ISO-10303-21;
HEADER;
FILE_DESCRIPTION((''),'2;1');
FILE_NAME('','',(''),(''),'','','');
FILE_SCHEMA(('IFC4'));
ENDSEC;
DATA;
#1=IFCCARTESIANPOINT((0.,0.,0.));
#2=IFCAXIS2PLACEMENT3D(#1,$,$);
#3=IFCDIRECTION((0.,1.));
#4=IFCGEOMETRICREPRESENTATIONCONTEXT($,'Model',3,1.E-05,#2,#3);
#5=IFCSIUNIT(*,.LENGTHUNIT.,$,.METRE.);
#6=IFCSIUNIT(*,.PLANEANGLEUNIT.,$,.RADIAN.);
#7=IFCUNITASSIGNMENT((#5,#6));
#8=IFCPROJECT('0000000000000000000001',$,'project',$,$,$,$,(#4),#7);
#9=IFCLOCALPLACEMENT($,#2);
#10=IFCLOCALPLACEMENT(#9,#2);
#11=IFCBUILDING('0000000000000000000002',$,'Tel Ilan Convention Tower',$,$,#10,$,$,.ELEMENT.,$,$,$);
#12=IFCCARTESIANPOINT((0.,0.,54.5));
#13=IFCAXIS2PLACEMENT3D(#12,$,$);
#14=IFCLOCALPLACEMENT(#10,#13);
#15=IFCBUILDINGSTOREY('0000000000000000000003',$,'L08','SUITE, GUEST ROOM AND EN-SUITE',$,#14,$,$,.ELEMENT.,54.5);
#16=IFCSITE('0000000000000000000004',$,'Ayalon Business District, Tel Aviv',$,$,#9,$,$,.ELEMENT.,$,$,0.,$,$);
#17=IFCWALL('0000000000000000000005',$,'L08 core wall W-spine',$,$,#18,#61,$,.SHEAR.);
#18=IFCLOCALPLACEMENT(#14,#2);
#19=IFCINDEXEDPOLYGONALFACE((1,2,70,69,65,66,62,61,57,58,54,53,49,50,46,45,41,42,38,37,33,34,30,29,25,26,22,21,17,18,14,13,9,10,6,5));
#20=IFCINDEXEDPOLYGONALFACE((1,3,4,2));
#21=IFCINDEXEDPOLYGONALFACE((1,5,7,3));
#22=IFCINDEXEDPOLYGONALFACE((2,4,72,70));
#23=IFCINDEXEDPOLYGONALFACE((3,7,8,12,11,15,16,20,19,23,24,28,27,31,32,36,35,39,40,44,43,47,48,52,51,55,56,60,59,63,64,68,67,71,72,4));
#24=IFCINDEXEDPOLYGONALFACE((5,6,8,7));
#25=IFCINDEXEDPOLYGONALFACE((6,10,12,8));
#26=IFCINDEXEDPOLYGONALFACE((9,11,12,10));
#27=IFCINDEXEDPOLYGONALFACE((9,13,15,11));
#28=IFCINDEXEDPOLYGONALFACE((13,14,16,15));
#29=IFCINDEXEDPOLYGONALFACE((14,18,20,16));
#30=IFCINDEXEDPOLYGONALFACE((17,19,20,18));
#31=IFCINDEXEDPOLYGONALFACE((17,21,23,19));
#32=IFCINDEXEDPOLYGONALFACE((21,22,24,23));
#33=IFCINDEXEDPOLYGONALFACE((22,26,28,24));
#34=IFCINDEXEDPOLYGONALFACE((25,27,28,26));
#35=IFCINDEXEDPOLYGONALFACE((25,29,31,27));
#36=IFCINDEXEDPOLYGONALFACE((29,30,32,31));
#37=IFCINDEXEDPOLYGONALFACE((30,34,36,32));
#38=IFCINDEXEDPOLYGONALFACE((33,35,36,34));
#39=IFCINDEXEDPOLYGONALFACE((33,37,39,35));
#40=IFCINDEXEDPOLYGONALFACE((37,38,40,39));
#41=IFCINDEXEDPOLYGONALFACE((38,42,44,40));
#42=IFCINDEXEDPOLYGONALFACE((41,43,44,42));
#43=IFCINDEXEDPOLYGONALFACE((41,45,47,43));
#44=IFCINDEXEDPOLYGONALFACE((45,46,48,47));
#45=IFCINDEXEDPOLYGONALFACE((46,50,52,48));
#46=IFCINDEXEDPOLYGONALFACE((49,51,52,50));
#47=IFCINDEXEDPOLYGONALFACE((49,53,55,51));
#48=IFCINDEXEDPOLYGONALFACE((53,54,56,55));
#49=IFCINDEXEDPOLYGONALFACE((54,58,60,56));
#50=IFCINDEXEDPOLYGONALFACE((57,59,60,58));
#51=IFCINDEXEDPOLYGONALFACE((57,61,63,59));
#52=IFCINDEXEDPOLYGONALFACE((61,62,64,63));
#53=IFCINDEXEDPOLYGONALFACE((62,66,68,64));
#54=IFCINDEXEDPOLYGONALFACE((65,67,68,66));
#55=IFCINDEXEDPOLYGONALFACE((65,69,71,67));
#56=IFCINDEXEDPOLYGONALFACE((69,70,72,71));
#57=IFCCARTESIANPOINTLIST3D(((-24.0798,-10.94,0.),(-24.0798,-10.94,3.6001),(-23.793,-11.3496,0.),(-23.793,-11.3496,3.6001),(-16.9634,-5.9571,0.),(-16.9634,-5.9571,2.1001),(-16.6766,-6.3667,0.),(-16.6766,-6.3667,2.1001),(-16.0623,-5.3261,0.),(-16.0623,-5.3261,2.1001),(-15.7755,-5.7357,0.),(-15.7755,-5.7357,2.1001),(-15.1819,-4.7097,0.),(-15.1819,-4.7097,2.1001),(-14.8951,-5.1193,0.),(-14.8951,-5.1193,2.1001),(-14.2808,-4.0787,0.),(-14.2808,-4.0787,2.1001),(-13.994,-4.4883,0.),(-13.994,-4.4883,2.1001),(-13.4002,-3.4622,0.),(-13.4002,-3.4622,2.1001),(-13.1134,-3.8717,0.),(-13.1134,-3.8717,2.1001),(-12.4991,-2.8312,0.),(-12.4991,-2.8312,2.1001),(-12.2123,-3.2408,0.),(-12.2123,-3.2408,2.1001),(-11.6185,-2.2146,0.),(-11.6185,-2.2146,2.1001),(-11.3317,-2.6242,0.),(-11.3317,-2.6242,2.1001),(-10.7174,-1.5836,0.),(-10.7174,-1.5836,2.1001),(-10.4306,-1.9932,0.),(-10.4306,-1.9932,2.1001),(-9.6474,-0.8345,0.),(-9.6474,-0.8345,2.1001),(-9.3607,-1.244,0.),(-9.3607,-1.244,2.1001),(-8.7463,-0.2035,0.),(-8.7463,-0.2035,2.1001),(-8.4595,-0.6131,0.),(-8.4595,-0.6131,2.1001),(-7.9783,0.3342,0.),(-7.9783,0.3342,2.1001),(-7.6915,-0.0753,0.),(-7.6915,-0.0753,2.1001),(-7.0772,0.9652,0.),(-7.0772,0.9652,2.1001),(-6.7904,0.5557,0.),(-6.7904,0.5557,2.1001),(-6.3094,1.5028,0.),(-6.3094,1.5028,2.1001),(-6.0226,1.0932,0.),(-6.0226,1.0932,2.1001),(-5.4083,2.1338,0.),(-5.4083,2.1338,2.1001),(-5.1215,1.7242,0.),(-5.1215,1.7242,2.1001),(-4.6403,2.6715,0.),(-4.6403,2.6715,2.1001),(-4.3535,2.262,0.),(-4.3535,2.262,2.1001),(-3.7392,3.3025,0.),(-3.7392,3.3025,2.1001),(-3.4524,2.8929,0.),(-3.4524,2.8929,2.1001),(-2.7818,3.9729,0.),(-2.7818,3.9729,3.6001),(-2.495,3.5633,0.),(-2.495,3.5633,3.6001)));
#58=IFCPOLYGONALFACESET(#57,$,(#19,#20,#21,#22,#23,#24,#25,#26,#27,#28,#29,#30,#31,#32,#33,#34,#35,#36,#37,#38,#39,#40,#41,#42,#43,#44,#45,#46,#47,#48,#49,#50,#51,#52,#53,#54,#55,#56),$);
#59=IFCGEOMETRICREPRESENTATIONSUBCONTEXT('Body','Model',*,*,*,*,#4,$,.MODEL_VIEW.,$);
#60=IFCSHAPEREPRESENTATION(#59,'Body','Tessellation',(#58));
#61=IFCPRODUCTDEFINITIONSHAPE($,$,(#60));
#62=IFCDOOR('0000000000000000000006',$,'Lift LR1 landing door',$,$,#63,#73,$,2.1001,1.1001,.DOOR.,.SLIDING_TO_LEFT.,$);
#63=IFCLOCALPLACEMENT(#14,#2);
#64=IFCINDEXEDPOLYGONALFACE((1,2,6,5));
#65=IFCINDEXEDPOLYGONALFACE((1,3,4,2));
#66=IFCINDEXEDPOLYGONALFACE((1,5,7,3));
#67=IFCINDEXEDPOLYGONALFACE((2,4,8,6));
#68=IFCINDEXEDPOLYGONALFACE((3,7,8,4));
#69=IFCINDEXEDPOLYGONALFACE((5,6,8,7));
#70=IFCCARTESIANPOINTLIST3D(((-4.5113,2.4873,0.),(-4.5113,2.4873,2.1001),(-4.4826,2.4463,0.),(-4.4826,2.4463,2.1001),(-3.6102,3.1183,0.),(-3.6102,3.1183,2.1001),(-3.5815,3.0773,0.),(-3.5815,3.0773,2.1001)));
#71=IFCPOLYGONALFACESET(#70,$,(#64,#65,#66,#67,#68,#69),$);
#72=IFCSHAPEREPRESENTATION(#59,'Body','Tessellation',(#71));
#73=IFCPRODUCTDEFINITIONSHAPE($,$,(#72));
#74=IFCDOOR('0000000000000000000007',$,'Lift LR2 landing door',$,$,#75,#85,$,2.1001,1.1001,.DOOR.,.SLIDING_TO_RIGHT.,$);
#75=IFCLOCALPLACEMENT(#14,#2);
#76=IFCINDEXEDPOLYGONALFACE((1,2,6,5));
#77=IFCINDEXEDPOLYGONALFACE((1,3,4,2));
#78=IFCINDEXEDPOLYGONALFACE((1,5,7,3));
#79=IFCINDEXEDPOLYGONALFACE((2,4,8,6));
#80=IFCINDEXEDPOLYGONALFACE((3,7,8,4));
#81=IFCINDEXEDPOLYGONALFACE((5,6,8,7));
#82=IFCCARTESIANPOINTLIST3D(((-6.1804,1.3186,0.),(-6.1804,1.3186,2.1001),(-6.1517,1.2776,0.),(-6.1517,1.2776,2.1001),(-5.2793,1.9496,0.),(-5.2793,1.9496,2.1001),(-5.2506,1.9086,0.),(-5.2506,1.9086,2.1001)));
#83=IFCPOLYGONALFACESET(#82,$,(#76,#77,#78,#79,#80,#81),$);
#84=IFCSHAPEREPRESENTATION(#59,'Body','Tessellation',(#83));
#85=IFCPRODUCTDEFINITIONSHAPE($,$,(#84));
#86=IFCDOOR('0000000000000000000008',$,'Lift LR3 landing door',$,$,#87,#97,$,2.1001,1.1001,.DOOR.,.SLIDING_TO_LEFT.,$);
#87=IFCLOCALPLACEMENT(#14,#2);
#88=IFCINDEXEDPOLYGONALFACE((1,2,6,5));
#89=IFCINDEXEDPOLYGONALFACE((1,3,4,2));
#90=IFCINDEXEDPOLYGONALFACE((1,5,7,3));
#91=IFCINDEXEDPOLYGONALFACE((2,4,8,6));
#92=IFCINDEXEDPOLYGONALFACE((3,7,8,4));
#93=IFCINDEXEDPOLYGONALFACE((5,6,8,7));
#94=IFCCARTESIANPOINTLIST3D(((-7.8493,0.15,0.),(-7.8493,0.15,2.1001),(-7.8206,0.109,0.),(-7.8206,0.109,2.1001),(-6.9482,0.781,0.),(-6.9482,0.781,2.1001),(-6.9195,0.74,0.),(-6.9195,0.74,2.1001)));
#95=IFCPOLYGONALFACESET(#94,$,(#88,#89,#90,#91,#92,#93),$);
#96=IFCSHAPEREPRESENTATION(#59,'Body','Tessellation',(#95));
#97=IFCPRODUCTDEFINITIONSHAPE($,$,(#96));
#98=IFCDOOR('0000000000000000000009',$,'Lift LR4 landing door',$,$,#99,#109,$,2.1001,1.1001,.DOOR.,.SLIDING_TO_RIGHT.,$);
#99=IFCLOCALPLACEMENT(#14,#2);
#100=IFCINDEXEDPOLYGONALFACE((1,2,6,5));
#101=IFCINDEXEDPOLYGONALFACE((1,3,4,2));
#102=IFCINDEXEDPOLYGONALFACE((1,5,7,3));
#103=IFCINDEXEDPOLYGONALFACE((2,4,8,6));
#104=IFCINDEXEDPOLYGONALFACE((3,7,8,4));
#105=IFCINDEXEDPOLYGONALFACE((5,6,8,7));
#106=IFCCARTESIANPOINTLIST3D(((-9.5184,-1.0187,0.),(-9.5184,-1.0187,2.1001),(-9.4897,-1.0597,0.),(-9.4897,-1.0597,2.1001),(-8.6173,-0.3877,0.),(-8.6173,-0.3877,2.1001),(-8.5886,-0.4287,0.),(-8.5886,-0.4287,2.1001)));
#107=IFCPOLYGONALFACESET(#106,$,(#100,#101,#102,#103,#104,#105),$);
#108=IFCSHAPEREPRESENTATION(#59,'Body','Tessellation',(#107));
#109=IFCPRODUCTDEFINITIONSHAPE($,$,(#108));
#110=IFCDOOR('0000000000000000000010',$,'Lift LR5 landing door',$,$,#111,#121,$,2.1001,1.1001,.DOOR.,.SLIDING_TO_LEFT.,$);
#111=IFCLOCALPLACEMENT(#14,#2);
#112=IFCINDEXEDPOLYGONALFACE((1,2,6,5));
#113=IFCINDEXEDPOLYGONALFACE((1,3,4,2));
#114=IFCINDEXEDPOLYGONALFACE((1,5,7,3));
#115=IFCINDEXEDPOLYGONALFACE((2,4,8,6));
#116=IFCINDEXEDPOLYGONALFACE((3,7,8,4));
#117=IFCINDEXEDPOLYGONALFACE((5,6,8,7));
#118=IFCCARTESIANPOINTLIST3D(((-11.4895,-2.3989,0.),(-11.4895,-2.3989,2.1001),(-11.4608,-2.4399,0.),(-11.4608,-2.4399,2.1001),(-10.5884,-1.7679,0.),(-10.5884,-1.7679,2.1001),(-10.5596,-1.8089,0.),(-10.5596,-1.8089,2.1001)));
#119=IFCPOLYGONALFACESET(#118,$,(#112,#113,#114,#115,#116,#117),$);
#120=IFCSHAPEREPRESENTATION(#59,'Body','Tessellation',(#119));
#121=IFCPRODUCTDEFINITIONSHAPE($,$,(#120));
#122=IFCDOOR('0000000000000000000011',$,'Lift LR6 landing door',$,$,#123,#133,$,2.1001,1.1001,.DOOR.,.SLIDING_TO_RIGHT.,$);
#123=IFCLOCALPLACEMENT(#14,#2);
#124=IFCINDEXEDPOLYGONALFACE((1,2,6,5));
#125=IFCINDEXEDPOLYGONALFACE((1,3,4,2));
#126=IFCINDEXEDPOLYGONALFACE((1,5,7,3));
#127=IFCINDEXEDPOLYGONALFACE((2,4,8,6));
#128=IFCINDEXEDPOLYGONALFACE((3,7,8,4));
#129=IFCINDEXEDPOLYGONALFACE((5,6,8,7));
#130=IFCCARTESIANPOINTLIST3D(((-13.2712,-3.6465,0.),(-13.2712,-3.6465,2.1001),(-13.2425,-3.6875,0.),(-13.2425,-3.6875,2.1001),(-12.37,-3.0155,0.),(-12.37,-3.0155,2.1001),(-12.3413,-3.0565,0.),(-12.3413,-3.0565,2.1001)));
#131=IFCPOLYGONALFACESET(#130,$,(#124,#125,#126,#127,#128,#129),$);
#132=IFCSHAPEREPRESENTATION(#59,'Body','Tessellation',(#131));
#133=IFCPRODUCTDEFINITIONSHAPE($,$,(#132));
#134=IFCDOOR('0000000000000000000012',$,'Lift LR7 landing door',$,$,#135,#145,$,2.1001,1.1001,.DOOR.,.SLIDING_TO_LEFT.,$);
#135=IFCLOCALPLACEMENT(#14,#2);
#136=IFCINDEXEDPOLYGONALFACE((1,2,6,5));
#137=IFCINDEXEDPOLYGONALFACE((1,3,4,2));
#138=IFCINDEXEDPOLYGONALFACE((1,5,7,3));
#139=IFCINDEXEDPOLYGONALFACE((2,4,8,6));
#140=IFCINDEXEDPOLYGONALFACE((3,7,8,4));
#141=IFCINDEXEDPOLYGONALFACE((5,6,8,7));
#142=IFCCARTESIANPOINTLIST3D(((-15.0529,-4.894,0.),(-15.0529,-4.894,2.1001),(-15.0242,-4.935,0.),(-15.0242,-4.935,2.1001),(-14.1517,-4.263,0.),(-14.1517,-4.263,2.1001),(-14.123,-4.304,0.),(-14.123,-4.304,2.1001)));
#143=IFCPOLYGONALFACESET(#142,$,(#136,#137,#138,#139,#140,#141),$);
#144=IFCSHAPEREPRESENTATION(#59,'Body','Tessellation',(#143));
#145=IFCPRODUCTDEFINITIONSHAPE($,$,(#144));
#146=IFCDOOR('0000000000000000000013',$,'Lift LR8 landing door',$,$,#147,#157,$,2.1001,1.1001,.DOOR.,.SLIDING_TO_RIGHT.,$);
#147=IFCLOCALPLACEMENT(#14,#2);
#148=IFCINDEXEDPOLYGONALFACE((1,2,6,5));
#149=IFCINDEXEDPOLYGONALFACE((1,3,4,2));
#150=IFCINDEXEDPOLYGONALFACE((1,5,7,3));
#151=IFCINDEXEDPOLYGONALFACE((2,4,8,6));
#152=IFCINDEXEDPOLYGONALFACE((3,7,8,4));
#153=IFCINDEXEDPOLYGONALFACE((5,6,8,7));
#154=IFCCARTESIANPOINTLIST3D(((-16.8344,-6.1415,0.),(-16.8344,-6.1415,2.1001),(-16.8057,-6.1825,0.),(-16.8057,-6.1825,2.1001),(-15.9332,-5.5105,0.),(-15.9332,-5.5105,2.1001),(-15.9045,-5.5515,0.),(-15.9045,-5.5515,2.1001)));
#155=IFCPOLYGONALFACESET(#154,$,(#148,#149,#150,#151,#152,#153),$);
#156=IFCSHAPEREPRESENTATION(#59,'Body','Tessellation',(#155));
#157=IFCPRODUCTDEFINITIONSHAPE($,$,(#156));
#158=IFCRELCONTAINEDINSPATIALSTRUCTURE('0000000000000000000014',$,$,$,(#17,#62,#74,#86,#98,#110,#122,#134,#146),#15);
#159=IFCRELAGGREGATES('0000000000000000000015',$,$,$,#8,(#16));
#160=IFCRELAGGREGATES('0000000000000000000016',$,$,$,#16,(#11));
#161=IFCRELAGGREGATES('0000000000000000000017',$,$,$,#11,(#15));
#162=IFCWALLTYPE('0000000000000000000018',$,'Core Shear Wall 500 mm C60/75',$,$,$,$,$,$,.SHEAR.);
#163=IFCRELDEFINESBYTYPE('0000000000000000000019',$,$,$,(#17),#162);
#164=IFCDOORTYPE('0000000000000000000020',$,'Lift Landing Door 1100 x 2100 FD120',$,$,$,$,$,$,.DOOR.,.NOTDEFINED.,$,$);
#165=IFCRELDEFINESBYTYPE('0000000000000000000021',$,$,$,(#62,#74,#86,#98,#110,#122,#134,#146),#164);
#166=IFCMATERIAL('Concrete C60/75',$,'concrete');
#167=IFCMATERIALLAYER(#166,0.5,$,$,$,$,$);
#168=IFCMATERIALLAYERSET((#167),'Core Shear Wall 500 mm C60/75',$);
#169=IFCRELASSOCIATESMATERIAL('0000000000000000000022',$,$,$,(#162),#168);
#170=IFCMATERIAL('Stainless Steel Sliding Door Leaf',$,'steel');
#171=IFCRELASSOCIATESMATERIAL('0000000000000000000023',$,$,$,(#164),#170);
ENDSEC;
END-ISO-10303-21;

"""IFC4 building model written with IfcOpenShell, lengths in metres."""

from ifc_helpers import new_model, si_unit, direction, frame, frame_2d, origin, place, context, subcontext, project, spatial, polyline, rectangle, outline, extrude, material, layer, layer_set, type_object, element, fill, save


model = new_model("IFC4")

# Units and contexts
model_context = context("Model", 3, precision=1e-05, world=origin(), true_north=direction((0.0, 1.0)))
body_context = subcontext(model_context, "Body", "Model", "MODEL_VIEW")
ifc_project = project(units=[si_unit("LENGTHUNIT", "METRE"), si_unit("PLANEANGLEUNIT", "RADIAN")], contexts=[model_context])

# Site, building, storey
site_placement = place(None, origin())
site = spatial("IfcSite", under=ifc_project, at=site_placement, Name="Ayalon Business District, Tel Aviv", CompositionType="ELEMENT", RefElevation=0.0)
building_placement = place(site_placement, origin())
building = spatial("IfcBuilding", under=site, at=building_placement, Name="Tel Ilan Convention Tower", CompositionType="ELEMENT")
storey_placement = place(building_placement, frame((0.0, 0.0, 54.5)))
storey = spatial("IfcBuildingStorey", under=building, at=storey_placement, Name="L08", Description="SUITE, GUEST ROOM AND EN-SUITE", CompositionType="ELEMENT", Elevation=54.5)

# Wall, openings, doors
ifc_material_1 = material(Name="Concrete C60/75", Category="concrete")
ifc_layer_1 = layer(ifc_material_1, 0.5)
ifc_layer_set_1 = layer_set([ifc_layer_1], Name="Core Shear Wall 500 mm C60/75")
wall_type_1 = type_object("IfcWallType", Name="Core Shear Wall 500 mm C60/75", PredefinedType="SHEAR", material=ifc_layer_set_1)
wall_1_placement = place(storey_placement, frame((-2.6384, 3.7681, 0.0), z_axis=(0.0, 0.0, 1.0), x_axis=(-0.819149, -0.573581, 0.0)))
wall_1 = element("IfcWall", 1, at=wall_1_placement, inside=storey, type_object=wall_type_1, Name="L08 core wall W-spine", PredefinedType="SHEAR", context=body_context, shape_type="SweptSolid", body=[
    extrude(outline(polyline([(26.0, 0.2498), (0.0, 0.25), (0.0, -0.25), (26.0, -0.2502), (26.0, 0.2498)])), origin(), (0.0, 0.0, 1.0), 3.6001),
])
opening_1_placement = place(wall_1_placement, frame((1.1687, 0.0, 0.0)))
opening_1 = element("IfcOpeningElement", 2, at=opening_1_placement, cuts=wall_1, PredefinedType="OPENING", context=body_context, shape_type="SweptSolid", body=[
    extrude(rectangle(XDim=1.1001, YDim=2.1001, at=frame_2d((0.55, 1.05))), frame((0.0, 0.26, 0.0), z_axis=(0.0, -1.0, 0.0), x_axis=(1.0, 0.0, 0.0)), (0.0, 0.0, 1.0), 0.52),
])
opening_2_placement = place(wall_1_placement, frame((3.2063, 0.0, 0.0)))
opening_2 = element("IfcOpeningElement", 3, at=opening_2_placement, cuts=wall_1, PredefinedType="OPENING", context=body_context, shape_type="SweptSolid", body=[
    extrude(rectangle(XDim=1.1001, YDim=2.1001, at=frame_2d((0.55, 1.05))), frame((0.0, 0.26, 0.0), z_axis=(0.0, -1.0, 0.0), x_axis=(1.0, 0.0, 0.0)), (0.0, 0.0, 1.0), 0.52),
])
opening_3_placement = place(wall_1_placement, frame((5.2437, 0.0, 0.0)))
opening_3 = element("IfcOpeningElement", 4, at=opening_3_placement, cuts=wall_1, PredefinedType="OPENING", context=body_context, shape_type="SweptSolid", body=[
    extrude(rectangle(XDim=1.1001, YDim=2.1001, at=frame_2d((0.55, 1.05))), frame((0.0, 0.26, 0.0), z_axis=(0.0, -1.0, 0.0), x_axis=(1.0, 0.0, 0.0)), (0.0, 0.0, 1.0), 0.52),
])
opening_4_placement = place(wall_1_placement, frame((7.2812, 0.0, 0.0)))
opening_4 = element("IfcOpeningElement", 5, at=opening_4_placement, cuts=wall_1, PredefinedType="OPENING", context=body_context, shape_type="SweptSolid", body=[
    extrude(rectangle(XDim=1.1001, YDim=2.1001, at=frame_2d((0.55, 1.05))), frame((0.0, 0.26, 0.0), z_axis=(0.0, -1.0, 0.0), x_axis=(1.0, 0.0, 0.0)), (0.0, 0.0, 1.0), 0.52),
])
opening_5_placement = place(wall_1_placement, frame((9.6875, 0.0, 0.0)))
opening_5 = element("IfcOpeningElement", 6, at=opening_5_placement, cuts=wall_1, PredefinedType="OPENING", context=body_context, shape_type="SweptSolid", body=[
    extrude(rectangle(XDim=1.1001, YDim=2.1001, at=frame_2d((0.55, 1.05))), frame((0.0, 0.26, 0.0), z_axis=(0.0, -1.0, 0.0), x_axis=(1.0, 0.0, 0.0)), (0.0, 0.0, 1.0), 0.52),
])
opening_6_placement = place(wall_1_placement, frame((11.8625, 0.0, 0.0)))
opening_6 = element("IfcOpeningElement", 7, at=opening_6_placement, cuts=wall_1, PredefinedType="OPENING", context=body_context, shape_type="SweptSolid", body=[
    extrude(rectangle(XDim=1.1001, YDim=2.1001, at=frame_2d((0.55, 1.05))), frame((0.0, 0.26, 0.0), z_axis=(0.0, -1.0, 0.0), x_axis=(1.0, 0.0, 0.0)), (0.0, 0.0, 1.0), 0.52),
])
opening_7_placement = place(wall_1_placement, frame((14.0376, 0.0, 0.0)))
opening_7 = element("IfcOpeningElement", 8, at=opening_7_placement, cuts=wall_1, PredefinedType="OPENING", context=body_context, shape_type="SweptSolid", body=[
    extrude(rectangle(XDim=1.1001, YDim=2.1001, at=frame_2d((0.55, 1.05))), frame((0.0, 0.26, 0.0), z_axis=(0.0, -1.0, 0.0), x_axis=(1.0, 0.0, 0.0)), (0.0, 0.0, 1.0), 0.52),
])
opening_8_placement = place(wall_1_placement, frame((16.2124, 0.0, 0.0)))
opening_8 = element("IfcOpeningElement", 9, at=opening_8_placement, cuts=wall_1, PredefinedType="OPENING", context=body_context, shape_type="SweptSolid", body=[
    extrude(rectangle(XDim=1.1001, YDim=2.1001, at=frame_2d((0.55, 1.05))), frame((0.0, 0.26, 0.0), z_axis=(0.0, -1.0, 0.0), x_axis=(1.0, 0.0, 0.0)), (0.0, 0.0, 1.0), 0.52),
])
ifc_material_2 = material(Name="Stainless Steel Sliding Door Leaf", Category="steel")
door_type = type_object("IfcDoorType", Name="Lift Landing Door 1100 x 2100 FD120", OperationType="NOTDEFINED", PredefinedType="DOOR", material=ifc_material_2)
door_1_placement = place(opening_1_placement, origin())
door_1 = element("IfcDoor", 10, at=door_1_placement, inside=storey, type_object=door_type, Name="Lift LR1 landing door", OperationType="SLIDING_TO_LEFT", OverallHeight=2.1001, OverallWidth=1.1001, PredefinedType="DOOR", context=body_context, shape_type="SweptSolid", body=[
    extrude(rectangle(XDim=1.1001, YDim=2.1001, at=frame_2d((0.55, 1.05))), frame((0.0, 0.0249, 0.0), z_axis=(0.0, -1.0, 0.0), x_axis=(1.0, 0.0, 0.0)), (0.0, 0.0, 1.0), 0.05),
])
fill(opening_1, door_1)
door_2_placement = place(opening_2_placement, origin())
door_2 = element("IfcDoor", 11, at=door_2_placement, inside=storey, type_object=door_type, Name="Lift LR2 landing door", OperationType="SLIDING_TO_RIGHT", OverallHeight=2.1001, OverallWidth=1.1001, PredefinedType="DOOR", context=body_context, shape_type="SweptSolid", body=[
    extrude(rectangle(XDim=1.1001, YDim=2.1001, at=frame_2d((0.55, 1.05))), frame((0.0, 0.0249, 0.0), z_axis=(0.0, -1.0, 0.0), x_axis=(1.0, 0.0, 0.0)), (0.0, 0.0, 1.0), 0.05),
])
fill(opening_2, door_2)
door_3_placement = place(opening_3_placement, origin())
door_3 = element("IfcDoor", 12, at=door_3_placement, inside=storey, type_object=door_type, Name="Lift LR3 landing door", OperationType="SLIDING_TO_LEFT", OverallHeight=2.1001, OverallWidth=1.1001, PredefinedType="DOOR", context=body_context, shape_type="SweptSolid", body=[
    extrude(rectangle(XDim=1.1001, YDim=2.1001, at=frame_2d((0.55, 1.05))), frame((0.0, 0.0249, 0.0), z_axis=(0.0, -1.0, 0.0), x_axis=(1.0, 0.0, 0.0)), (0.0, 0.0, 1.0), 0.05),
])
fill(opening_3, door_3)
door_4_placement = place(opening_4_placement, origin())
door_4 = element("IfcDoor", 13, at=door_4_placement, inside=storey, type_object=door_type, Name="Lift LR4 landing door", OperationType="SLIDING_TO_RIGHT", OverallHeight=2.1001, OverallWidth=1.1001, PredefinedType="DOOR", context=body_context, shape_type="SweptSolid", body=[
    extrude(rectangle(XDim=1.1001, YDim=2.1001, at=frame_2d((0.55, 1.05))), frame((0.0, 0.0249, 0.0), z_axis=(0.0, -1.0, 0.0), x_axis=(1.0, 0.0, 0.0)), (0.0, 0.0, 1.0), 0.05),
])
fill(opening_4, door_4)
door_5_placement = place(opening_5_placement, origin())
door_5 = element("IfcDoor", 14, at=door_5_placement, inside=storey, type_object=door_type, Name="Lift LR5 landing door", OperationType="SLIDING_TO_LEFT", OverallHeight=2.1001, OverallWidth=1.1001, PredefinedType="DOOR", context=body_context, shape_type="SweptSolid", body=[
    extrude(rectangle(XDim=1.1001, YDim=2.1001, at=frame_2d((0.55, 1.05))), frame((0.0, 0.0249, 0.0), z_axis=(0.0, -1.0, 0.0), x_axis=(1.0, 0.0, 0.0)), (0.0, 0.0, 1.0), 0.05),
])
fill(opening_5, door_5)
door_6_placement = place(opening_6_placement, origin())
door_6 = element("IfcDoor", 15, at=door_6_placement, inside=storey, type_object=door_type, Name="Lift LR6 landing door", OperationType="SLIDING_TO_RIGHT", OverallHeight=2.1001, OverallWidth=1.1001, PredefinedType="DOOR", context=body_context, shape_type="SweptSolid", body=[
    extrude(rectangle(XDim=1.1001, YDim=2.1001, at=frame_2d((0.55, 1.05))), frame((0.0, 0.0249, 0.0), z_axis=(0.0, -1.0, 0.0), x_axis=(1.0, 0.0, 0.0)), (0.0, 0.0, 1.0), 0.05),
])
fill(opening_6, door_6)
door_7_placement = place(opening_7_placement, origin())
door_7 = element("IfcDoor", 16, at=door_7_placement, inside=storey, type_object=door_type, Name="Lift LR7 landing door", OperationType="SLIDING_TO_LEFT", OverallHeight=2.1001, OverallWidth=1.1001, PredefinedType="DOOR", context=body_context, shape_type="SweptSolid", body=[
    extrude(rectangle(XDim=1.1001, YDim=2.1001, at=frame_2d((0.55, 1.05))), frame((0.0, 0.0249, 0.0), z_axis=(0.0, -1.0, 0.0), x_axis=(1.0, 0.0, 0.0)), (0.0, 0.0, 1.0), 0.05),
])
fill(opening_7, door_7)
door_8_placement = place(opening_8_placement, origin())
door_8 = element("IfcDoor", 17, at=door_8_placement, inside=storey, type_object=door_type, Name="Lift LR8 landing door", OperationType="SLIDING_TO_RIGHT", OverallHeight=2.1001, OverallWidth=1.1001, PredefinedType="DOOR", context=body_context, shape_type="SweptSolid", body=[
    extrude(rectangle(XDim=1.1001, YDim=2.1001, at=frame_2d((0.55, 1.05))), frame((0.0, 0.0249, 0.0), z_axis=(0.0, -1.0, 0.0), x_axis=(1.0, 0.0, 0.0)), (0.0, 0.0, 1.0), 0.05),
])
fill(opening_8, door_8)

save(model, "model.ifc")
